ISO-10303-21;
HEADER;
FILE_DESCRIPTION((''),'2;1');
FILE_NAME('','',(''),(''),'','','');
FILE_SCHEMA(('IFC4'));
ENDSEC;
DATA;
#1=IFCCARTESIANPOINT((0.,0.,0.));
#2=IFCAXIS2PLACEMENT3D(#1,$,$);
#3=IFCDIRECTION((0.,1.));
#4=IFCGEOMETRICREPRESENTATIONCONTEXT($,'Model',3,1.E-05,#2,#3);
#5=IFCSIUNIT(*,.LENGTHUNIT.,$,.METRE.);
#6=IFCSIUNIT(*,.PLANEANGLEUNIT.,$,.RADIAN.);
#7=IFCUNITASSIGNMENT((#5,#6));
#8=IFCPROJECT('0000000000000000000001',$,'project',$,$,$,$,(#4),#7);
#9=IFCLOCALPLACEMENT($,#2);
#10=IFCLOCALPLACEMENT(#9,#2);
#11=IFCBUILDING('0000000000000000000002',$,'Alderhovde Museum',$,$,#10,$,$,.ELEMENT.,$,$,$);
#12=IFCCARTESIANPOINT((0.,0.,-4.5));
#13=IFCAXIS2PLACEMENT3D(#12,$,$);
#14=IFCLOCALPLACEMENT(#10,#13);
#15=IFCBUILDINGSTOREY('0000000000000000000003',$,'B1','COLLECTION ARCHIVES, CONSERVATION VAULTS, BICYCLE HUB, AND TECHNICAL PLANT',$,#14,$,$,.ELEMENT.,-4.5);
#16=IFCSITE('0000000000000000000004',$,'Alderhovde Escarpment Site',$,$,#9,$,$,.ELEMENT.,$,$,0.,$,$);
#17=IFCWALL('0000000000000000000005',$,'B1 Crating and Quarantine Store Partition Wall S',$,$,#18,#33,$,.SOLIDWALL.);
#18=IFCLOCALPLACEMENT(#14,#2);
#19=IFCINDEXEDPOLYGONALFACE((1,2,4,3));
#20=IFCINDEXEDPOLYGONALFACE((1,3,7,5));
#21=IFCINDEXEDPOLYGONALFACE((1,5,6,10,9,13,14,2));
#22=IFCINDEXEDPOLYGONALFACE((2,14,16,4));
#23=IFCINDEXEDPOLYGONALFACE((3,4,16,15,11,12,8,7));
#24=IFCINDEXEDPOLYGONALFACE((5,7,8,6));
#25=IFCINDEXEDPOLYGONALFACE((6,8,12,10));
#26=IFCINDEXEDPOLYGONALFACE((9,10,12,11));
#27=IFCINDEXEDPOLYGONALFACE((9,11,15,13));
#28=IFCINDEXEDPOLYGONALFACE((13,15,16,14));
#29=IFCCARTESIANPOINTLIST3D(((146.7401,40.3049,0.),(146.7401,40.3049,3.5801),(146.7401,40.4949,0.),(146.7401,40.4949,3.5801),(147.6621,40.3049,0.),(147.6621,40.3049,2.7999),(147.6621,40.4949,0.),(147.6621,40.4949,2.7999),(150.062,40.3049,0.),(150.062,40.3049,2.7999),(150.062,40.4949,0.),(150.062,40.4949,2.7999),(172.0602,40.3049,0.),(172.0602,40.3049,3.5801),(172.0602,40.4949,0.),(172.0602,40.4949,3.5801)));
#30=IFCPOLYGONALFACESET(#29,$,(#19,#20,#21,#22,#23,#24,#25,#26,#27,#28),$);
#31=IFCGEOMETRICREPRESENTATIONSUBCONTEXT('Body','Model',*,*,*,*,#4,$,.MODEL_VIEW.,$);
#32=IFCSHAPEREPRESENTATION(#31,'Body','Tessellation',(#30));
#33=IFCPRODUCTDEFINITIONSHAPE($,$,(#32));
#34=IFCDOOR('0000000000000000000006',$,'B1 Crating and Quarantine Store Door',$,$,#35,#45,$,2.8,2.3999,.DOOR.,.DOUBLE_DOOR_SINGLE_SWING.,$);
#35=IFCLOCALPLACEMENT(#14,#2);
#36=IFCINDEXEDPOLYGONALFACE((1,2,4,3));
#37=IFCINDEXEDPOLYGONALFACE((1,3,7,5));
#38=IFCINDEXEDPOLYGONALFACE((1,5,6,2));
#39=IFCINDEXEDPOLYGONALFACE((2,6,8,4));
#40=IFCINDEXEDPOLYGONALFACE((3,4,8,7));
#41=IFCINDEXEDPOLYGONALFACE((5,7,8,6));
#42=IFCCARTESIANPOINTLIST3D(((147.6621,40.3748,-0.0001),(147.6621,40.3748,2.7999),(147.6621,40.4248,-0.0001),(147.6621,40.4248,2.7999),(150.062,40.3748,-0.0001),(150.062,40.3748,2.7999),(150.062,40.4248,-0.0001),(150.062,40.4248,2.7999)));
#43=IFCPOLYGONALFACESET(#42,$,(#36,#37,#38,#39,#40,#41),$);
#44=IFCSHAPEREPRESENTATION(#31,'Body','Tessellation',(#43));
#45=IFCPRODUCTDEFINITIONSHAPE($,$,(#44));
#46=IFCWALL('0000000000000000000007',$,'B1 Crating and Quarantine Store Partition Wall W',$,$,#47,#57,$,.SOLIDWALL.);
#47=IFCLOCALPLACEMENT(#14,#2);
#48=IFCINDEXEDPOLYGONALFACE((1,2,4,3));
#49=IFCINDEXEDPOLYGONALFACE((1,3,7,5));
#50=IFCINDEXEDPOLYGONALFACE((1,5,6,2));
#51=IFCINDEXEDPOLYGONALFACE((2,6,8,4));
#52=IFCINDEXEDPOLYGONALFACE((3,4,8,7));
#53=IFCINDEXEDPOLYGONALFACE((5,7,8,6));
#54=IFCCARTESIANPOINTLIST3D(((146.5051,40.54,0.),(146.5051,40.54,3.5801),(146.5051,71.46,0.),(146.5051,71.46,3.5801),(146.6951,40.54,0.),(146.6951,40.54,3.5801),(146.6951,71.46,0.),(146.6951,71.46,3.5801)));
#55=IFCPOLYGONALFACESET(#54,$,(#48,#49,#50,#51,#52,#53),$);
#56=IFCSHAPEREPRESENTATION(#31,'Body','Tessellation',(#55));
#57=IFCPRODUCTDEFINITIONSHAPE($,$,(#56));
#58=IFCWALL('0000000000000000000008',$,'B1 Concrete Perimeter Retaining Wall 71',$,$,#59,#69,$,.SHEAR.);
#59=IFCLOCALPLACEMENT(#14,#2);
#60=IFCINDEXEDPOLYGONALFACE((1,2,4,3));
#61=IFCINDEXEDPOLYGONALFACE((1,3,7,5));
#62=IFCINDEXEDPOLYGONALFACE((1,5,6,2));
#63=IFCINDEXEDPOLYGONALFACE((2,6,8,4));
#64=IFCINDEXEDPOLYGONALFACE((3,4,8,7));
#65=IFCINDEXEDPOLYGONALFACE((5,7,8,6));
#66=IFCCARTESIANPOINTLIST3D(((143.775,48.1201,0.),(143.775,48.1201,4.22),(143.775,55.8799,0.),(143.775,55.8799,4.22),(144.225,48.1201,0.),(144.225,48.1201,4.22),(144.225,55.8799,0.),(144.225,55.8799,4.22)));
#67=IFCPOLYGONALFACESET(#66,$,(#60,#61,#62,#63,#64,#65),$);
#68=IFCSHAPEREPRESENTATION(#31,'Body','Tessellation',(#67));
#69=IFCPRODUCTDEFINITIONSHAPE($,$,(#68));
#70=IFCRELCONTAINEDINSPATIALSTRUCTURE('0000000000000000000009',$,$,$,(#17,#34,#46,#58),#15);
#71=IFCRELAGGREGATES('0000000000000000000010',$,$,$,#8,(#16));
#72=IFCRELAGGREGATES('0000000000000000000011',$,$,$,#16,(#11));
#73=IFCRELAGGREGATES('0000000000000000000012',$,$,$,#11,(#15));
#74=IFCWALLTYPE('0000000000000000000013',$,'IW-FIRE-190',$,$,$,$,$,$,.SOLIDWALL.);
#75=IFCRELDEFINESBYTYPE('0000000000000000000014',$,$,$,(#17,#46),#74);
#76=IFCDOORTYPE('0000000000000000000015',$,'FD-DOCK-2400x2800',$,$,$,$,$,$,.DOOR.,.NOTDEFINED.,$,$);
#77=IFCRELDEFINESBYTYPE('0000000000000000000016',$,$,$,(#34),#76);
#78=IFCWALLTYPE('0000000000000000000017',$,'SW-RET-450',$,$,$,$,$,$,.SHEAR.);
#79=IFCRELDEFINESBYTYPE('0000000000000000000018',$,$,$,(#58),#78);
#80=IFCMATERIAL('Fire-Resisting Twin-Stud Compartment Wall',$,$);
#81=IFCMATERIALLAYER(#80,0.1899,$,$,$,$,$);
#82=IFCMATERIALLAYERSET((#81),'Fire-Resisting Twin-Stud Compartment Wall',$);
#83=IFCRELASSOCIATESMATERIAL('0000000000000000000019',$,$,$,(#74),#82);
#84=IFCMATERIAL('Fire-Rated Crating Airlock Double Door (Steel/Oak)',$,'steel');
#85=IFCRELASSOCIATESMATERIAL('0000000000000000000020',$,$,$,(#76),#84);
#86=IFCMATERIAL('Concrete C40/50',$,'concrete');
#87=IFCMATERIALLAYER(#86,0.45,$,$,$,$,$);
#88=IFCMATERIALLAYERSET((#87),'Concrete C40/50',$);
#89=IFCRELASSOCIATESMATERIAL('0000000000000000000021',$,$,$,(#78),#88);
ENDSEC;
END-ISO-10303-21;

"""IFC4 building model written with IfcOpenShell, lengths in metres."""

from ifc_helpers import new_model, si_unit, direction, frame, frame_2d, origin, place, context, subcontext, project, spatial, rectangle, extrude, material, layer, layer_set, type_object, element, fill, save


model = new_model("IFC4")

# Units and contexts
model_context = context("Model", 3, precision=1e-05, world=origin(), true_north=direction((0.0, 1.0)))
body_context = subcontext(model_context, "Body", "Model", "MODEL_VIEW")
ifc_project = project(units=[si_unit("LENGTHUNIT", "METRE"), si_unit("PLANEANGLEUNIT", "RADIAN")], contexts=[model_context])

# Site, building, storey
site_placement = place(None, origin())
site = spatial("IfcSite", under=ifc_project, at=site_placement, Name="Alderhovde Escarpment Site", CompositionType="ELEMENT", RefElevation=0.0)
building_placement = place(site_placement, origin())
building = spatial("IfcBuilding", under=site, at=building_placement, Name="Alderhovde Museum", CompositionType="ELEMENT")
storey_placement = place(building_placement, frame((0.0, 0.0, -4.5)))
storey = spatial("IfcBuildingStorey", under=building, at=storey_placement, Name="B1", Description="COLLECTION ARCHIVES, CONSERVATION VAULTS, BICYCLE HUB, AND TECHNICAL PLANT", CompositionType="ELEMENT", Elevation=-4.5)

# Wall, opening, door
ifc_material_1 = material(Name="Fire-Resisting Twin-Stud Compartment Wall")
ifc_layer_1 = layer(ifc_material_1, 0.1899)
ifc_layer_set_1 = layer_set([ifc_layer_1], Name="Fire-Resisting Twin-Stud Compartment Wall")
wall_type_1 = type_object("IfcWallType", Name="IW-FIRE-190", PredefinedType="SOLIDWALL", material=ifc_layer_set_1)
wall_1_placement = place(storey_placement, frame((146.74, 40.3999, 0.0), z_axis=(0.0, 0.0, 1.0), x_axis=(1.0, 0.0, 0.0)))
wall_1 = element("IfcWall", 1, at=wall_1_placement, inside=storey, type_object=wall_type_1, Name="B1 Crating and Quarantine Store Partition Wall S", PredefinedType="SOLIDWALL", context=body_context, shape_type="SweptSolid", body=[
    extrude(rectangle(XDim=25.3201, YDim=0.1899, at=frame_2d((12.6602, 0.0))), origin(), (0.0, 0.0, 1.0), 3.5801),
])
opening_placement = place(wall_1_placement, frame((0.9221, 0.0, 0.0)))
opening = element("IfcOpeningElement", 2, at=opening_placement, cuts=wall_1, PredefinedType="OPENING", context=body_context, shape_type="SweptSolid", body=[
    extrude(rectangle(XDim=2.3999, YDim=2.8, at=frame_2d((1.2, 1.3999))), frame((0.0, 0.105, 0.0), z_axis=(0.0, -1.0, 0.0), x_axis=(1.0, 0.0, 0.0)), (0.0, 0.0, 1.0), 0.21),
])
ifc_material_2 = material(Name="Fire-Rated Crating Airlock Double Door (Steel/Oak)", Category="steel")
door_type = type_object("IfcDoorType", Name="FD-DOCK-2400x2800", OperationType="NOTDEFINED", PredefinedType="DOOR", material=ifc_material_2)
door_placement = place(opening_placement, origin())
door = element("IfcDoor", 3, at=door_placement, inside=storey, type_object=door_type, Name="B1 Crating and Quarantine Store Door", OperationType="DOUBLE_DOOR_SINGLE_SWING", OverallHeight=2.8, OverallWidth=2.3999, PredefinedType="DOOR", context=body_context, shape_type="SweptSolid", body=[
    extrude(rectangle(XDim=2.3999, YDim=2.8, at=frame_2d((1.2, 1.3999))), frame((0.0, 0.0249, 0.0), z_axis=(0.0, -1.0, 0.0), x_axis=(1.0, 0.0, 0.0)), (0.0, 0.0, 1.0), 0.05),
])
fill(opening, door)

# Walls
wall_2_placement = place(storey_placement, frame((146.6001, 40.54, 0.0), z_axis=(0.0, 0.0, 1.0), x_axis=(0.0, 1.0, 0.0)))
element("IfcWall", 4, at=wall_2_placement, inside=storey, type_object=wall_type_1, Name="B1 Crating and Quarantine Store Partition Wall W", PredefinedType="SOLIDWALL", context=body_context, shape_type="SweptSolid", body=[
    extrude(rectangle(XDim=30.9199, YDim=0.1899, at=frame_2d((15.46, 0.0))), origin(), (0.0, 0.0, 1.0), 3.5801),
])
ifc_material_3 = material(Name="Concrete C40/50", Category="concrete")
ifc_layer_2 = layer(ifc_material_3, 0.45)
ifc_layer_set_2 = layer_set([ifc_layer_2], Name="Concrete C40/50")
wall_type_2 = type_object("IfcWallType", Name="SW-RET-450", PredefinedType="SHEAR", material=ifc_layer_set_2)
wall_3_placement = place(storey_placement, frame((144.0, 48.1201, 0.0), z_axis=(0.0, 0.0, 1.0), x_axis=(0.0, 1.0, 0.0)))
element("IfcWall", 5, at=wall_3_placement, inside=storey, type_object=wall_type_2, Name="B1 Concrete Perimeter Retaining Wall 71", PredefinedType="SHEAR", context=body_context, shape_type="SweptSolid", body=[
    extrude(rectangle(XDim=7.7598, YDim=0.45, at=frame_2d((3.8799, 0.0))), origin(), (0.0, 0.0, 1.0), 4.22),
])

save(model, "model.ifc")
